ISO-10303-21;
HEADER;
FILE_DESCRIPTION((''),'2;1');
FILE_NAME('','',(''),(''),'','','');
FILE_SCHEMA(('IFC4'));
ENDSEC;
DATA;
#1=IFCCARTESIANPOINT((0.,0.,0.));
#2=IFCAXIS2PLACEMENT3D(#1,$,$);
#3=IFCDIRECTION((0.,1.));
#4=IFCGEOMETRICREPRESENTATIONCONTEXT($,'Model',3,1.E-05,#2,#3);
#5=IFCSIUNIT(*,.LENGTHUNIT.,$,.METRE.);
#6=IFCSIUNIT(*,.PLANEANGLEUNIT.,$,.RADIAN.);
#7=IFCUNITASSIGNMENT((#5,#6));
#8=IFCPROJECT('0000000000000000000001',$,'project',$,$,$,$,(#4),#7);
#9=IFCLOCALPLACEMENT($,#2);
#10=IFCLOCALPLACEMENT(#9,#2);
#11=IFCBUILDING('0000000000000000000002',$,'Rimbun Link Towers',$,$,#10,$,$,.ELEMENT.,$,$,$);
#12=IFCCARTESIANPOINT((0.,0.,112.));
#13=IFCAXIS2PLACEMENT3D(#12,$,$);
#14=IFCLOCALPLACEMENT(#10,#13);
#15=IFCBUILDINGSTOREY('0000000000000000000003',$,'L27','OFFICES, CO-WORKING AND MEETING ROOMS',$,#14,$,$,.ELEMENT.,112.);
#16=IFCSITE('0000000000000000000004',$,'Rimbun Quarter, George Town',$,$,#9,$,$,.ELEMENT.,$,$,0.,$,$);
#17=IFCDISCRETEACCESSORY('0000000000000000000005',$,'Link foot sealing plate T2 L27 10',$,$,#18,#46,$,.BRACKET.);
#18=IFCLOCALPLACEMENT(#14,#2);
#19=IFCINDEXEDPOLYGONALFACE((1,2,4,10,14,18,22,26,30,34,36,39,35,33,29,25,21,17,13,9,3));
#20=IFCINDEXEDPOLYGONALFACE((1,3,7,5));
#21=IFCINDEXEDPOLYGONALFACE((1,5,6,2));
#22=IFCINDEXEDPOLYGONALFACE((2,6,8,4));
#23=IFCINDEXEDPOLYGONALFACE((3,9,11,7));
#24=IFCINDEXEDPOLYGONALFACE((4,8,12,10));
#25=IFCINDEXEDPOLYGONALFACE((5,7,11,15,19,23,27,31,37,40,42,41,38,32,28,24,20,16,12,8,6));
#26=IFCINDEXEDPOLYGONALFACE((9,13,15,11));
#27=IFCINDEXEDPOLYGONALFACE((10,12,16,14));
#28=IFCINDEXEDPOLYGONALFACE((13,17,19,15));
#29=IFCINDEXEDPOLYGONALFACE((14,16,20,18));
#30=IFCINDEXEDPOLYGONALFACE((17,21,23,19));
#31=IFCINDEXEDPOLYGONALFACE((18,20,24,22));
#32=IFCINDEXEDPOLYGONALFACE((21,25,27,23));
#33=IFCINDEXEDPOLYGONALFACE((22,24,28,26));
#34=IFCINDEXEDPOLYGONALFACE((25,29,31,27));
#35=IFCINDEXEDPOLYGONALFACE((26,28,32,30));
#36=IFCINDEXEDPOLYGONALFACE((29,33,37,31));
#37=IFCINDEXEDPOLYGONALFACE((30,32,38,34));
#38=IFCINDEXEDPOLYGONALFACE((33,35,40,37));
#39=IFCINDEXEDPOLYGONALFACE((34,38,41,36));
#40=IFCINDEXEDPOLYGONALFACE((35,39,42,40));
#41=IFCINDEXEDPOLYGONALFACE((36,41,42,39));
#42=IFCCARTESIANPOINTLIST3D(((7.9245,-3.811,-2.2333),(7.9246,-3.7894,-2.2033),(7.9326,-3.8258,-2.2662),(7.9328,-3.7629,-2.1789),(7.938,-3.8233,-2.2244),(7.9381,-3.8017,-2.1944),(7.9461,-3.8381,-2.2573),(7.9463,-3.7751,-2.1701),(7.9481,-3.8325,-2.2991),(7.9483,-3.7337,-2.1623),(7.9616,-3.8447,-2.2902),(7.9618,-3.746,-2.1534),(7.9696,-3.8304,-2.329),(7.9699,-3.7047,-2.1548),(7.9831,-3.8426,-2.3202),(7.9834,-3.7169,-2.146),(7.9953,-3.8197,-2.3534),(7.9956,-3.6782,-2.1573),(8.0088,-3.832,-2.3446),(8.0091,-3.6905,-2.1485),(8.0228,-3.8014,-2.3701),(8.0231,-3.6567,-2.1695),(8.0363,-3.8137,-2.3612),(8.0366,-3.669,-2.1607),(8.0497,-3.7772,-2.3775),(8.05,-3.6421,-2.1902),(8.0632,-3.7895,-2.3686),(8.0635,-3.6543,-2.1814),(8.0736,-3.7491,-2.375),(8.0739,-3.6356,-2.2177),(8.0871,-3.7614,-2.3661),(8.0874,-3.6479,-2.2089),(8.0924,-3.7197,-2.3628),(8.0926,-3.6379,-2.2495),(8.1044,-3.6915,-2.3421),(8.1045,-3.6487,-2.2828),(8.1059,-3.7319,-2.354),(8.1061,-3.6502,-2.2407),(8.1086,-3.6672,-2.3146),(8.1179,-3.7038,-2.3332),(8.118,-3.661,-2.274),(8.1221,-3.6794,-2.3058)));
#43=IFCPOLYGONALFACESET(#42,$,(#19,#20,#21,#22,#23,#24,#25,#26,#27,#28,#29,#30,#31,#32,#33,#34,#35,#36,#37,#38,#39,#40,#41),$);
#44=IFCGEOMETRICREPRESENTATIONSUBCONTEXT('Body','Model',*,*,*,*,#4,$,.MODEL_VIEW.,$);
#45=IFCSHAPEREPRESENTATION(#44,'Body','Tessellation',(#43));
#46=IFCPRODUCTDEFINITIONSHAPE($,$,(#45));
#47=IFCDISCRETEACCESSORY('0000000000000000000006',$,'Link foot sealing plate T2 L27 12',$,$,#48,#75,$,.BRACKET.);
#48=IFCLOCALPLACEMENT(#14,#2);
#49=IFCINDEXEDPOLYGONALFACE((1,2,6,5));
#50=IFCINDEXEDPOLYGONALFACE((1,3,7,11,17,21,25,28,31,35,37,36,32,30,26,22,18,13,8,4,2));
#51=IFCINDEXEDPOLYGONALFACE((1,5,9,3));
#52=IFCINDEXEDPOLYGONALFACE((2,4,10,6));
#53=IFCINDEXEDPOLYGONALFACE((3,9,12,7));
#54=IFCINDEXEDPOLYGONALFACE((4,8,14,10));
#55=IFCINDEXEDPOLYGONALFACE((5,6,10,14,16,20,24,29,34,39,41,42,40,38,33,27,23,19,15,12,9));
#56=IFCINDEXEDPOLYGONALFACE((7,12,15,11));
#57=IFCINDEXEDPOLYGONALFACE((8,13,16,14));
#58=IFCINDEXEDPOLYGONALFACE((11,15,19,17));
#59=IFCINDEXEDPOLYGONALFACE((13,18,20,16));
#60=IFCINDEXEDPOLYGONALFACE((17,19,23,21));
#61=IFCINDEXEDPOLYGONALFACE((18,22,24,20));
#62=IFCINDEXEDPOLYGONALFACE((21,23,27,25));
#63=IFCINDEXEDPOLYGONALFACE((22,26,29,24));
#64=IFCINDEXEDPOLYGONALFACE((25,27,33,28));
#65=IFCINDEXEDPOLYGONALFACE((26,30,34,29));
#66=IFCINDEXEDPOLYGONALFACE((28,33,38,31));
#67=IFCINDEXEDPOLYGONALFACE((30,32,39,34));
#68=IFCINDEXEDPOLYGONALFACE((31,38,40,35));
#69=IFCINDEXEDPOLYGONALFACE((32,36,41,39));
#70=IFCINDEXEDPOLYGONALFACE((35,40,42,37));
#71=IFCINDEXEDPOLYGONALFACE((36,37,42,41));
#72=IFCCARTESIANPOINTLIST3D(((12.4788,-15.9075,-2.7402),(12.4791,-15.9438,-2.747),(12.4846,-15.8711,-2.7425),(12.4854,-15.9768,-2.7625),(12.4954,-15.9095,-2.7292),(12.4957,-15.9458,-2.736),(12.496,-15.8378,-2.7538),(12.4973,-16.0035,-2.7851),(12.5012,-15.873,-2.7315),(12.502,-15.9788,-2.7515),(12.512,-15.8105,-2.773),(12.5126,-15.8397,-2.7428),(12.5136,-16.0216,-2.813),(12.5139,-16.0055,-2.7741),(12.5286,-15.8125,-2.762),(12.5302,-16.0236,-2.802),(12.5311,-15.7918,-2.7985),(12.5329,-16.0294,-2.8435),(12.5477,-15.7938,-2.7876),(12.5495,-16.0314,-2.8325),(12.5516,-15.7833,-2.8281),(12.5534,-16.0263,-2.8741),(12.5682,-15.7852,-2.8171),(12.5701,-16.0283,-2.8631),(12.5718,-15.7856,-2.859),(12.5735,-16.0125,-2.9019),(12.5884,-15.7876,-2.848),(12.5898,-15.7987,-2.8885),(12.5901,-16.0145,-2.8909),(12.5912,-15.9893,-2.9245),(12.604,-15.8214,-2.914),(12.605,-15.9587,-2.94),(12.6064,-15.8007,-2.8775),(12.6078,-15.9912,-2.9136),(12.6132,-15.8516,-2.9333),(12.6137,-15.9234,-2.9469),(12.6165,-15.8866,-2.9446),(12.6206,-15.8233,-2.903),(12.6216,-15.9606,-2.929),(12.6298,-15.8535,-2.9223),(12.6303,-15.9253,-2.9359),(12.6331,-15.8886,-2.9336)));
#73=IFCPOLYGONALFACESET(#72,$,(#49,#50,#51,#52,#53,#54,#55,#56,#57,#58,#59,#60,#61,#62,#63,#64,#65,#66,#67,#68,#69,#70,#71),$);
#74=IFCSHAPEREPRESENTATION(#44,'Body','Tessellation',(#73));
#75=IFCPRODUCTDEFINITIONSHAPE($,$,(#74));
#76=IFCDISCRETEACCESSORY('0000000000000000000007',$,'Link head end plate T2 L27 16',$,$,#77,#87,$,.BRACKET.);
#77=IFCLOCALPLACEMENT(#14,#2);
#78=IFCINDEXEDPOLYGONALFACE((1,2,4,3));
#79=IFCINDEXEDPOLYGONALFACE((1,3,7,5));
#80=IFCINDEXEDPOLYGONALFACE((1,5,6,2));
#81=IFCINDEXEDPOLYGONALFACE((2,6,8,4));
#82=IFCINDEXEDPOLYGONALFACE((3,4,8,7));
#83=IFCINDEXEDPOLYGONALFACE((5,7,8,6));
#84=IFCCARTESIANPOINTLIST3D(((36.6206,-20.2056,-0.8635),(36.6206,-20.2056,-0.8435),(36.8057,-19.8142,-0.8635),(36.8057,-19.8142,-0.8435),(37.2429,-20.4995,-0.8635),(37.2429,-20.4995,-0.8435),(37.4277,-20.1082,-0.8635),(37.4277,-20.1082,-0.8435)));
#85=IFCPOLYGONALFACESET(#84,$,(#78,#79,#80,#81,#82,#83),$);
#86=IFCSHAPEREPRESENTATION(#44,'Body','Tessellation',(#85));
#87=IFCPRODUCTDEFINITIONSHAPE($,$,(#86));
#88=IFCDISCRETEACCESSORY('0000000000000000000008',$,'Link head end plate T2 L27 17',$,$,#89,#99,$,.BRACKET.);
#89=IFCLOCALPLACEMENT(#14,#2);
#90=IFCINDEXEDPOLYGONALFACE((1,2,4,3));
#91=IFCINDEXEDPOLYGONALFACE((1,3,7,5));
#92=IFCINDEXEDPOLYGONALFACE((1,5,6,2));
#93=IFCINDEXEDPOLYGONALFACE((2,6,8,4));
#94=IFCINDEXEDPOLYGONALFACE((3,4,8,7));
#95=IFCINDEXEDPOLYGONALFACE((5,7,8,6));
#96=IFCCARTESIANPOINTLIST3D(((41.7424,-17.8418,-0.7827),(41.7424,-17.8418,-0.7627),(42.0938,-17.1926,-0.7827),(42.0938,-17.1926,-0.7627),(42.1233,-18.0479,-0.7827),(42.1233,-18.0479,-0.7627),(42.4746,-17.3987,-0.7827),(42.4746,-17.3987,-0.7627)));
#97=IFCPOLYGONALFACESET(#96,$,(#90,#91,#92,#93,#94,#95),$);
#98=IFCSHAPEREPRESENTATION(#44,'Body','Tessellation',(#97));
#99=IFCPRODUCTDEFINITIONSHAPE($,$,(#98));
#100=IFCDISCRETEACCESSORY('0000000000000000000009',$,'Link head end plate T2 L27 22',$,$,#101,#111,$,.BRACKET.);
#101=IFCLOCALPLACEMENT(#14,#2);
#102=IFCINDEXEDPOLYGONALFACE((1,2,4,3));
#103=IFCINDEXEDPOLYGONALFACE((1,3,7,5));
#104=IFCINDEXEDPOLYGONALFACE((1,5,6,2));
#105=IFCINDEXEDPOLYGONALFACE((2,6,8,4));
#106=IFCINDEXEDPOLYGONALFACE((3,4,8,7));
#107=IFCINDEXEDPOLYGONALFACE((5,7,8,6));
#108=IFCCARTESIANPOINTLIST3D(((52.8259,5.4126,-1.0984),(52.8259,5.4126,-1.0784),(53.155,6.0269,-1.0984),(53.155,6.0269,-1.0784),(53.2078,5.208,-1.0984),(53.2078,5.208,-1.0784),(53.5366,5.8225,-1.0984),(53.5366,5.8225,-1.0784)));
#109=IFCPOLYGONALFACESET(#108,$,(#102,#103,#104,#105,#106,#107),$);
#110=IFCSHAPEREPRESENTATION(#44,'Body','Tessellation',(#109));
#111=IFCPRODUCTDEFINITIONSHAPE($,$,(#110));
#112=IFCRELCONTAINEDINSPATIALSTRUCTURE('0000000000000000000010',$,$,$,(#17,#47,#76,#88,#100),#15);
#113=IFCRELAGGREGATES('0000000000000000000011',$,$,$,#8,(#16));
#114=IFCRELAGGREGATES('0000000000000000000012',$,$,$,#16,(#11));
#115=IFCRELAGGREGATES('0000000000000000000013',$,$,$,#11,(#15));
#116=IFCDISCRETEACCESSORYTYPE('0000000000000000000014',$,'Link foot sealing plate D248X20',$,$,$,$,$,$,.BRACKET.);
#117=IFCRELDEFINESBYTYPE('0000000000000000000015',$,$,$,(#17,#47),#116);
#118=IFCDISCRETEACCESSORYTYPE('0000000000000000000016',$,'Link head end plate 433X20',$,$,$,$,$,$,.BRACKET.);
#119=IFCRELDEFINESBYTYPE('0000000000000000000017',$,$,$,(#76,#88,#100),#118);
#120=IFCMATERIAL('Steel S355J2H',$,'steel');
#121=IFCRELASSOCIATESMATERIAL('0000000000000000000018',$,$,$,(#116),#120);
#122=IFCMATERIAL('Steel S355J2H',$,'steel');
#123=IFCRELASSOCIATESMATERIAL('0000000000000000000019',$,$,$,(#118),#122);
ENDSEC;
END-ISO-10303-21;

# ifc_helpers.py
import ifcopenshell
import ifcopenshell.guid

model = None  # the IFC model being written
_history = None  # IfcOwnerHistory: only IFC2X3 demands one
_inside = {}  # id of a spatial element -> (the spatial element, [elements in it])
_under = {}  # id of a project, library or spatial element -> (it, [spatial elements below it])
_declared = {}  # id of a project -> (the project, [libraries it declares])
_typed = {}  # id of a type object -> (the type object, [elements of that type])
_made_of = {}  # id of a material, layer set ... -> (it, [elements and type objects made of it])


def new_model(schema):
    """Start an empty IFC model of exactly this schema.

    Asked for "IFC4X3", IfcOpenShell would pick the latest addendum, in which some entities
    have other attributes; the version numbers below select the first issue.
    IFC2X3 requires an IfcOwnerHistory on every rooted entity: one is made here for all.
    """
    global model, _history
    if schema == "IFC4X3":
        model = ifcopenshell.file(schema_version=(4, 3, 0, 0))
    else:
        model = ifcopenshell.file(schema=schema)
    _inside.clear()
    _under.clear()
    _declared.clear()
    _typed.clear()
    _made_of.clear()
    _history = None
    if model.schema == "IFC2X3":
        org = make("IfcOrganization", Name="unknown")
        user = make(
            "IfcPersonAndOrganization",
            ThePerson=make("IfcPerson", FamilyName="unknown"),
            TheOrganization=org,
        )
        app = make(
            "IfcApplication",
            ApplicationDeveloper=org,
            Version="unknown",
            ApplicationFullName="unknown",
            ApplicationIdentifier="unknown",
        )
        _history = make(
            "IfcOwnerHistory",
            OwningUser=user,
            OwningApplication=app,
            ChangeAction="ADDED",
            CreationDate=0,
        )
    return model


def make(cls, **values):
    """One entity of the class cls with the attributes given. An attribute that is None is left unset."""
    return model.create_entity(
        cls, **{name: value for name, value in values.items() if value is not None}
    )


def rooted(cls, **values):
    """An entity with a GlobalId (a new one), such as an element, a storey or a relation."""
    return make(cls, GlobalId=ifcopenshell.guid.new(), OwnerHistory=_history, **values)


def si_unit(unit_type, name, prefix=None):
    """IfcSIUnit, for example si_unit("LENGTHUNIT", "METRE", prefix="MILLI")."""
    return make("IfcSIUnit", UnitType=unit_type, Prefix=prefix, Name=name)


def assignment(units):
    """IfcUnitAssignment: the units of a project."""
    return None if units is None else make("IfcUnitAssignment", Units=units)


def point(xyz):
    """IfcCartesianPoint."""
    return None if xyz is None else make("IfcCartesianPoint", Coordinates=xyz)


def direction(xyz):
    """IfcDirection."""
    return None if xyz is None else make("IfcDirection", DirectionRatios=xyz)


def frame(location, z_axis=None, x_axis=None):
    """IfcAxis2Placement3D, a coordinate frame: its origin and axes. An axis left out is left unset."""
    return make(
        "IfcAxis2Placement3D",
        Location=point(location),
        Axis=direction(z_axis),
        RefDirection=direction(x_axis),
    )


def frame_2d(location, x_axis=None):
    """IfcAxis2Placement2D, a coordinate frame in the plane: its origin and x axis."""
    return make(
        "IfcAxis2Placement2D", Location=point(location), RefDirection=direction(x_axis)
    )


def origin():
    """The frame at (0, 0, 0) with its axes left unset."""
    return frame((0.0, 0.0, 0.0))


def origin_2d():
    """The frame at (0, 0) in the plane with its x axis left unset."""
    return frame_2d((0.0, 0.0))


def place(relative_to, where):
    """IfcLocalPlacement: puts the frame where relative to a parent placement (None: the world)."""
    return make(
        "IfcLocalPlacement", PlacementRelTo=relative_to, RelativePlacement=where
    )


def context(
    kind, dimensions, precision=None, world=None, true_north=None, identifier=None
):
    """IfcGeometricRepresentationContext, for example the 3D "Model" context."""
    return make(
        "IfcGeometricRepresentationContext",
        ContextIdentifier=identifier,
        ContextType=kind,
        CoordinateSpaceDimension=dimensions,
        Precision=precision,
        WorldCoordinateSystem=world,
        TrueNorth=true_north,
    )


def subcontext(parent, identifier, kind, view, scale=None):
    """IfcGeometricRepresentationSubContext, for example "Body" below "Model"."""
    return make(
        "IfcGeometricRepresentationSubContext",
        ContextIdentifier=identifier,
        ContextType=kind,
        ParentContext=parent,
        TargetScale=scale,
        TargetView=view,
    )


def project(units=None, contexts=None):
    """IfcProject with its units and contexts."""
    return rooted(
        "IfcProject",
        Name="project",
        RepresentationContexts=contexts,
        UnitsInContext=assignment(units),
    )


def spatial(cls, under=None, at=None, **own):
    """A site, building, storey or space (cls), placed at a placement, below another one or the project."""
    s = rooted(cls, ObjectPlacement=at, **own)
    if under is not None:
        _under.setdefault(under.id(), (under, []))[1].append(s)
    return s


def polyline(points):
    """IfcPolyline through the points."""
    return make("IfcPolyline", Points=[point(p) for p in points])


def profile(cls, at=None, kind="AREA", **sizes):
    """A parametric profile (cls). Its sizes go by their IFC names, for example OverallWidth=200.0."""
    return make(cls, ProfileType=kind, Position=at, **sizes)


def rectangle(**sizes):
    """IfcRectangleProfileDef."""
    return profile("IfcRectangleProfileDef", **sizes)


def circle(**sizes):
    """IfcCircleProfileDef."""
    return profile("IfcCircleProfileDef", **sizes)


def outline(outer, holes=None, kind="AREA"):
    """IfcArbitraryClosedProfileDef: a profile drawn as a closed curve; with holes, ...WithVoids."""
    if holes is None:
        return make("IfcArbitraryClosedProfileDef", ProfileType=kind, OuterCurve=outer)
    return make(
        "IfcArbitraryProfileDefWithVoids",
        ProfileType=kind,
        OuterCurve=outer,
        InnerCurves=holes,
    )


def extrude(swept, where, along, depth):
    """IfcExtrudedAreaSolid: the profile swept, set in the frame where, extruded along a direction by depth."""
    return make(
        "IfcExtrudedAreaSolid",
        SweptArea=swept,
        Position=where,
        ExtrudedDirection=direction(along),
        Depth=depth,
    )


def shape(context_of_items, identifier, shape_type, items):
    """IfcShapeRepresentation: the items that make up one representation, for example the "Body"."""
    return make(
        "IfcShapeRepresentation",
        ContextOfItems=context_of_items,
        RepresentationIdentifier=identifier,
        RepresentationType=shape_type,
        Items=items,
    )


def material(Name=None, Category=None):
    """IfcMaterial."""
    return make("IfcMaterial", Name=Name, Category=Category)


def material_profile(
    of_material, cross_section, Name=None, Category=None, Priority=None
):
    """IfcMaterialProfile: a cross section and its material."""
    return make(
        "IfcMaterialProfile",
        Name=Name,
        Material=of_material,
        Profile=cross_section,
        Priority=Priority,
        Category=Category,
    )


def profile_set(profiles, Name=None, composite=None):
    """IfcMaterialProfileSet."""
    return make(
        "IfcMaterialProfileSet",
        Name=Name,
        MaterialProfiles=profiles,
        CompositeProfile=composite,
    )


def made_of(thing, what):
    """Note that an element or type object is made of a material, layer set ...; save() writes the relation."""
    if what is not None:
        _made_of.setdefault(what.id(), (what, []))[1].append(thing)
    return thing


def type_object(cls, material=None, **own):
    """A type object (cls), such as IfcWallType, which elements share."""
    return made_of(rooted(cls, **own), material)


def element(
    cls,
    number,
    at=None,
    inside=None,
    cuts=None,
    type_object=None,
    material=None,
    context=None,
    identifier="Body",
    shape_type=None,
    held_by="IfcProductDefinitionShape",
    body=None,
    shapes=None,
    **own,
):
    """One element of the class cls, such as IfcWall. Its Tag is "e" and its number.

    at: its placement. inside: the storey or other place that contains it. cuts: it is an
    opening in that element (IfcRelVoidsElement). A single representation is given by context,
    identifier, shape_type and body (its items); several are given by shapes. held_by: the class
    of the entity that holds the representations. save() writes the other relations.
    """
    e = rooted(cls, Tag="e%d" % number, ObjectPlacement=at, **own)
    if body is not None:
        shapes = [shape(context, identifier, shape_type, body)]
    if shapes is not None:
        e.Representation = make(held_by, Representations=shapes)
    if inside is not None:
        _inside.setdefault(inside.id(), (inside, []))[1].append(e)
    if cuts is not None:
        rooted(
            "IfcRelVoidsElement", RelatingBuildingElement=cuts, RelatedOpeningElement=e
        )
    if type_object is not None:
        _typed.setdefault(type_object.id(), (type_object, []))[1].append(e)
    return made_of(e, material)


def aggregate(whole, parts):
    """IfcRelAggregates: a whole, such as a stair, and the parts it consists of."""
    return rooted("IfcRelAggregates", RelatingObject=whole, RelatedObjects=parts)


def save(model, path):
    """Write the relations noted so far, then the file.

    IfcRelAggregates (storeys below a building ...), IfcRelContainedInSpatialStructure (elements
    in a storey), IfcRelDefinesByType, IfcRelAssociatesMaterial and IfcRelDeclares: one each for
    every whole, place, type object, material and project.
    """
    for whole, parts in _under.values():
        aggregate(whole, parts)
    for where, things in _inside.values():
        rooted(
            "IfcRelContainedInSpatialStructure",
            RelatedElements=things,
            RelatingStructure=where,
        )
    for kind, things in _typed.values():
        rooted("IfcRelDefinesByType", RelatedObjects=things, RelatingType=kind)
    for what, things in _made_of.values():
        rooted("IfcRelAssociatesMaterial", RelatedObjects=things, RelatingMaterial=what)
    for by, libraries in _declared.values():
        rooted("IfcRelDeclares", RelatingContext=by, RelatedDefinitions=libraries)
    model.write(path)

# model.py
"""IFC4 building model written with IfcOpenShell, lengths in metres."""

from ifc_helpers import new_model, si_unit, direction, frame, origin, origin_2d, place, context, subcontext, project, spatial, polyline, rectangle, circle, outline, extrude, material, material_profile, profile_set, type_object, element, save


model = new_model("IFC4")

# Units and contexts
model_context = context("Model", 3, precision=1e-05, world=origin(), true_north=direction((0.0, 1.0)))
body_context = subcontext(model_context, "Body", "Model", "MODEL_VIEW")
ifc_project = project(units=[si_unit("LENGTHUNIT", "METRE"), si_unit("PLANEANGLEUNIT", "RADIAN")], contexts=[model_context])

# Site, building, storey
site_placement = place(None, origin())
site = spatial("IfcSite", under=ifc_project, at=site_placement, Name="Rimbun Quarter, George Town", CompositionType="ELEMENT", RefElevation=0.0)
building_placement = place(site_placement, origin())
building = spatial("IfcBuilding", under=site, at=building_placement, Name="Rimbun Link Towers", CompositionType="ELEMENT")
storey_placement = place(building_placement, frame((0.0, 0.0, 112.0)))
storey = spatial("IfcBuildingStorey", under=building, at=storey_placement, Name="L27", Description="OFFICES, CO-WORKING AND MEETING ROOMS", CompositionType="ELEMENT", Elevation=112.0)

# Discrete accessories
ifc_material_1 = material(Name="Steel S355J2H", Category="steel")
ifc_material_profile_1 = material_profile(ifc_material_1, circle(Radius=0.124, at=origin_2d()), Name="PL D248")
ifc_profile_set_1 = profile_set([ifc_material_profile_1], Name="Steel S355J2H")
discrete_accessory_type_1 = type_object("IfcDiscreteAccessoryType", Name="Link foot sealing plate D248X20", PredefinedType="BRACKET", material=ifc_profile_set_1)
discrete_accessory_1_placement = place(storey_placement, frame((8.0295, -3.7463, -2.2573), z_axis=(-0.665945, 0.605405, -0.435892), x_axis=(-0.672673, -0.73994, 0.0)))
element("IfcDiscreteAccessory", 1, at=discrete_accessory_1_placement, inside=storey, type_object=discrete_accessory_type_1, Name="Link foot sealing plate T2 L27 10", PredefinedType="BRACKET", context=body_context, shape_type="SweptSolid", body=[
    extrude(circle(Radius=0.124, at=origin_2d()), origin(), (0.0, 0.0, 1.0), 0.0203),
])
discrete_accessory_2_placement = place(storey_placement, frame((12.564, -15.9082, -2.8325), z_axis=(-0.829947, 0.097641, -0.54923), x_axis=(-0.116841, -0.993151, 0.0)))
element("IfcDiscreteAccessory", 2, at=discrete_accessory_2_placement, inside=storey, type_object=discrete_accessory_type_1, Name="Link foot sealing plate T2 L27 12", PredefinedType="BRACKET", context=body_context, shape_type="SweptSolid", body=[
    extrude(circle(Radius=0.124, at=origin_2d()), origin(), (0.0, 0.0, 1.0), 0.02),
])
ifc_material_2 = material(Name="Steel S355J2H", Category="steel")
ifc_material_profile_2 = material_profile(ifc_material_2, rectangle(XDim=0.4331, YDim=0.4331, at=origin_2d()), Name="PL 433x433")
ifc_profile_set_2 = profile_set([ifc_material_profile_2], Name="Steel S355J2H")
discrete_accessory_type_2 = type_object("IfcDiscreteAccessoryType", Name="Link head end plate 433X20", PredefinedType="BRACKET", material=ifc_profile_set_2)
discrete_accessory_3_placement = place(storey_placement, frame((0.0, 0.0, -0.8635)))
element("IfcDiscreteAccessory", 3, at=discrete_accessory_3_placement, inside=storey, type_object=discrete_accessory_type_2, Name="Link head end plate T2 L27 16", PredefinedType="BRACKET", context=body_context, shape_type="SweptSolid", body=[
    extrude(outline(polyline([(36.6206, -20.2056), (37.2429, -20.4995), (37.4277, -20.1082), (36.8057, -19.8142), (36.6206, -20.2056)])), origin(), (0.0, 0.0, 1.0), 0.02),
])
discrete_accessory_4_placement = place(storey_placement, frame((0.0, 0.0, -0.7827)))
element("IfcDiscreteAccessory", 4, at=discrete_accessory_4_placement, inside=storey, type_object=discrete_accessory_type_2, Name="Link head end plate T2 L27 17", PredefinedType="BRACKET", context=body_context, shape_type="SweptSolid", body=[
    extrude(outline(polyline([(42.0938, -17.1926), (41.7424, -17.8418), (42.1233, -18.0479), (42.4746, -17.3987), (42.0938, -17.1926)])), origin(), (0.0, 0.0, 1.0), 0.02),
])
discrete_accessory_5_placement = place(storey_placement, frame((0.0, 0.0, -1.0984)))
element("IfcDiscreteAccessory", 5, at=discrete_accessory_5_placement, inside=storey, type_object=discrete_accessory_type_2, Name="Link head end plate T2 L27 22", PredefinedType="BRACKET", context=body_context, shape_type="SweptSolid", body=[
    extrude(outline(polyline([(53.2078, 5.208), (53.5366, 5.8225), (53.155, 6.0269), (52.8259, 5.4126), (53.2078, 5.208)])), origin(), (0.0, 0.0, 1.0), 0.02),
])

save(model, "model.ifc")
